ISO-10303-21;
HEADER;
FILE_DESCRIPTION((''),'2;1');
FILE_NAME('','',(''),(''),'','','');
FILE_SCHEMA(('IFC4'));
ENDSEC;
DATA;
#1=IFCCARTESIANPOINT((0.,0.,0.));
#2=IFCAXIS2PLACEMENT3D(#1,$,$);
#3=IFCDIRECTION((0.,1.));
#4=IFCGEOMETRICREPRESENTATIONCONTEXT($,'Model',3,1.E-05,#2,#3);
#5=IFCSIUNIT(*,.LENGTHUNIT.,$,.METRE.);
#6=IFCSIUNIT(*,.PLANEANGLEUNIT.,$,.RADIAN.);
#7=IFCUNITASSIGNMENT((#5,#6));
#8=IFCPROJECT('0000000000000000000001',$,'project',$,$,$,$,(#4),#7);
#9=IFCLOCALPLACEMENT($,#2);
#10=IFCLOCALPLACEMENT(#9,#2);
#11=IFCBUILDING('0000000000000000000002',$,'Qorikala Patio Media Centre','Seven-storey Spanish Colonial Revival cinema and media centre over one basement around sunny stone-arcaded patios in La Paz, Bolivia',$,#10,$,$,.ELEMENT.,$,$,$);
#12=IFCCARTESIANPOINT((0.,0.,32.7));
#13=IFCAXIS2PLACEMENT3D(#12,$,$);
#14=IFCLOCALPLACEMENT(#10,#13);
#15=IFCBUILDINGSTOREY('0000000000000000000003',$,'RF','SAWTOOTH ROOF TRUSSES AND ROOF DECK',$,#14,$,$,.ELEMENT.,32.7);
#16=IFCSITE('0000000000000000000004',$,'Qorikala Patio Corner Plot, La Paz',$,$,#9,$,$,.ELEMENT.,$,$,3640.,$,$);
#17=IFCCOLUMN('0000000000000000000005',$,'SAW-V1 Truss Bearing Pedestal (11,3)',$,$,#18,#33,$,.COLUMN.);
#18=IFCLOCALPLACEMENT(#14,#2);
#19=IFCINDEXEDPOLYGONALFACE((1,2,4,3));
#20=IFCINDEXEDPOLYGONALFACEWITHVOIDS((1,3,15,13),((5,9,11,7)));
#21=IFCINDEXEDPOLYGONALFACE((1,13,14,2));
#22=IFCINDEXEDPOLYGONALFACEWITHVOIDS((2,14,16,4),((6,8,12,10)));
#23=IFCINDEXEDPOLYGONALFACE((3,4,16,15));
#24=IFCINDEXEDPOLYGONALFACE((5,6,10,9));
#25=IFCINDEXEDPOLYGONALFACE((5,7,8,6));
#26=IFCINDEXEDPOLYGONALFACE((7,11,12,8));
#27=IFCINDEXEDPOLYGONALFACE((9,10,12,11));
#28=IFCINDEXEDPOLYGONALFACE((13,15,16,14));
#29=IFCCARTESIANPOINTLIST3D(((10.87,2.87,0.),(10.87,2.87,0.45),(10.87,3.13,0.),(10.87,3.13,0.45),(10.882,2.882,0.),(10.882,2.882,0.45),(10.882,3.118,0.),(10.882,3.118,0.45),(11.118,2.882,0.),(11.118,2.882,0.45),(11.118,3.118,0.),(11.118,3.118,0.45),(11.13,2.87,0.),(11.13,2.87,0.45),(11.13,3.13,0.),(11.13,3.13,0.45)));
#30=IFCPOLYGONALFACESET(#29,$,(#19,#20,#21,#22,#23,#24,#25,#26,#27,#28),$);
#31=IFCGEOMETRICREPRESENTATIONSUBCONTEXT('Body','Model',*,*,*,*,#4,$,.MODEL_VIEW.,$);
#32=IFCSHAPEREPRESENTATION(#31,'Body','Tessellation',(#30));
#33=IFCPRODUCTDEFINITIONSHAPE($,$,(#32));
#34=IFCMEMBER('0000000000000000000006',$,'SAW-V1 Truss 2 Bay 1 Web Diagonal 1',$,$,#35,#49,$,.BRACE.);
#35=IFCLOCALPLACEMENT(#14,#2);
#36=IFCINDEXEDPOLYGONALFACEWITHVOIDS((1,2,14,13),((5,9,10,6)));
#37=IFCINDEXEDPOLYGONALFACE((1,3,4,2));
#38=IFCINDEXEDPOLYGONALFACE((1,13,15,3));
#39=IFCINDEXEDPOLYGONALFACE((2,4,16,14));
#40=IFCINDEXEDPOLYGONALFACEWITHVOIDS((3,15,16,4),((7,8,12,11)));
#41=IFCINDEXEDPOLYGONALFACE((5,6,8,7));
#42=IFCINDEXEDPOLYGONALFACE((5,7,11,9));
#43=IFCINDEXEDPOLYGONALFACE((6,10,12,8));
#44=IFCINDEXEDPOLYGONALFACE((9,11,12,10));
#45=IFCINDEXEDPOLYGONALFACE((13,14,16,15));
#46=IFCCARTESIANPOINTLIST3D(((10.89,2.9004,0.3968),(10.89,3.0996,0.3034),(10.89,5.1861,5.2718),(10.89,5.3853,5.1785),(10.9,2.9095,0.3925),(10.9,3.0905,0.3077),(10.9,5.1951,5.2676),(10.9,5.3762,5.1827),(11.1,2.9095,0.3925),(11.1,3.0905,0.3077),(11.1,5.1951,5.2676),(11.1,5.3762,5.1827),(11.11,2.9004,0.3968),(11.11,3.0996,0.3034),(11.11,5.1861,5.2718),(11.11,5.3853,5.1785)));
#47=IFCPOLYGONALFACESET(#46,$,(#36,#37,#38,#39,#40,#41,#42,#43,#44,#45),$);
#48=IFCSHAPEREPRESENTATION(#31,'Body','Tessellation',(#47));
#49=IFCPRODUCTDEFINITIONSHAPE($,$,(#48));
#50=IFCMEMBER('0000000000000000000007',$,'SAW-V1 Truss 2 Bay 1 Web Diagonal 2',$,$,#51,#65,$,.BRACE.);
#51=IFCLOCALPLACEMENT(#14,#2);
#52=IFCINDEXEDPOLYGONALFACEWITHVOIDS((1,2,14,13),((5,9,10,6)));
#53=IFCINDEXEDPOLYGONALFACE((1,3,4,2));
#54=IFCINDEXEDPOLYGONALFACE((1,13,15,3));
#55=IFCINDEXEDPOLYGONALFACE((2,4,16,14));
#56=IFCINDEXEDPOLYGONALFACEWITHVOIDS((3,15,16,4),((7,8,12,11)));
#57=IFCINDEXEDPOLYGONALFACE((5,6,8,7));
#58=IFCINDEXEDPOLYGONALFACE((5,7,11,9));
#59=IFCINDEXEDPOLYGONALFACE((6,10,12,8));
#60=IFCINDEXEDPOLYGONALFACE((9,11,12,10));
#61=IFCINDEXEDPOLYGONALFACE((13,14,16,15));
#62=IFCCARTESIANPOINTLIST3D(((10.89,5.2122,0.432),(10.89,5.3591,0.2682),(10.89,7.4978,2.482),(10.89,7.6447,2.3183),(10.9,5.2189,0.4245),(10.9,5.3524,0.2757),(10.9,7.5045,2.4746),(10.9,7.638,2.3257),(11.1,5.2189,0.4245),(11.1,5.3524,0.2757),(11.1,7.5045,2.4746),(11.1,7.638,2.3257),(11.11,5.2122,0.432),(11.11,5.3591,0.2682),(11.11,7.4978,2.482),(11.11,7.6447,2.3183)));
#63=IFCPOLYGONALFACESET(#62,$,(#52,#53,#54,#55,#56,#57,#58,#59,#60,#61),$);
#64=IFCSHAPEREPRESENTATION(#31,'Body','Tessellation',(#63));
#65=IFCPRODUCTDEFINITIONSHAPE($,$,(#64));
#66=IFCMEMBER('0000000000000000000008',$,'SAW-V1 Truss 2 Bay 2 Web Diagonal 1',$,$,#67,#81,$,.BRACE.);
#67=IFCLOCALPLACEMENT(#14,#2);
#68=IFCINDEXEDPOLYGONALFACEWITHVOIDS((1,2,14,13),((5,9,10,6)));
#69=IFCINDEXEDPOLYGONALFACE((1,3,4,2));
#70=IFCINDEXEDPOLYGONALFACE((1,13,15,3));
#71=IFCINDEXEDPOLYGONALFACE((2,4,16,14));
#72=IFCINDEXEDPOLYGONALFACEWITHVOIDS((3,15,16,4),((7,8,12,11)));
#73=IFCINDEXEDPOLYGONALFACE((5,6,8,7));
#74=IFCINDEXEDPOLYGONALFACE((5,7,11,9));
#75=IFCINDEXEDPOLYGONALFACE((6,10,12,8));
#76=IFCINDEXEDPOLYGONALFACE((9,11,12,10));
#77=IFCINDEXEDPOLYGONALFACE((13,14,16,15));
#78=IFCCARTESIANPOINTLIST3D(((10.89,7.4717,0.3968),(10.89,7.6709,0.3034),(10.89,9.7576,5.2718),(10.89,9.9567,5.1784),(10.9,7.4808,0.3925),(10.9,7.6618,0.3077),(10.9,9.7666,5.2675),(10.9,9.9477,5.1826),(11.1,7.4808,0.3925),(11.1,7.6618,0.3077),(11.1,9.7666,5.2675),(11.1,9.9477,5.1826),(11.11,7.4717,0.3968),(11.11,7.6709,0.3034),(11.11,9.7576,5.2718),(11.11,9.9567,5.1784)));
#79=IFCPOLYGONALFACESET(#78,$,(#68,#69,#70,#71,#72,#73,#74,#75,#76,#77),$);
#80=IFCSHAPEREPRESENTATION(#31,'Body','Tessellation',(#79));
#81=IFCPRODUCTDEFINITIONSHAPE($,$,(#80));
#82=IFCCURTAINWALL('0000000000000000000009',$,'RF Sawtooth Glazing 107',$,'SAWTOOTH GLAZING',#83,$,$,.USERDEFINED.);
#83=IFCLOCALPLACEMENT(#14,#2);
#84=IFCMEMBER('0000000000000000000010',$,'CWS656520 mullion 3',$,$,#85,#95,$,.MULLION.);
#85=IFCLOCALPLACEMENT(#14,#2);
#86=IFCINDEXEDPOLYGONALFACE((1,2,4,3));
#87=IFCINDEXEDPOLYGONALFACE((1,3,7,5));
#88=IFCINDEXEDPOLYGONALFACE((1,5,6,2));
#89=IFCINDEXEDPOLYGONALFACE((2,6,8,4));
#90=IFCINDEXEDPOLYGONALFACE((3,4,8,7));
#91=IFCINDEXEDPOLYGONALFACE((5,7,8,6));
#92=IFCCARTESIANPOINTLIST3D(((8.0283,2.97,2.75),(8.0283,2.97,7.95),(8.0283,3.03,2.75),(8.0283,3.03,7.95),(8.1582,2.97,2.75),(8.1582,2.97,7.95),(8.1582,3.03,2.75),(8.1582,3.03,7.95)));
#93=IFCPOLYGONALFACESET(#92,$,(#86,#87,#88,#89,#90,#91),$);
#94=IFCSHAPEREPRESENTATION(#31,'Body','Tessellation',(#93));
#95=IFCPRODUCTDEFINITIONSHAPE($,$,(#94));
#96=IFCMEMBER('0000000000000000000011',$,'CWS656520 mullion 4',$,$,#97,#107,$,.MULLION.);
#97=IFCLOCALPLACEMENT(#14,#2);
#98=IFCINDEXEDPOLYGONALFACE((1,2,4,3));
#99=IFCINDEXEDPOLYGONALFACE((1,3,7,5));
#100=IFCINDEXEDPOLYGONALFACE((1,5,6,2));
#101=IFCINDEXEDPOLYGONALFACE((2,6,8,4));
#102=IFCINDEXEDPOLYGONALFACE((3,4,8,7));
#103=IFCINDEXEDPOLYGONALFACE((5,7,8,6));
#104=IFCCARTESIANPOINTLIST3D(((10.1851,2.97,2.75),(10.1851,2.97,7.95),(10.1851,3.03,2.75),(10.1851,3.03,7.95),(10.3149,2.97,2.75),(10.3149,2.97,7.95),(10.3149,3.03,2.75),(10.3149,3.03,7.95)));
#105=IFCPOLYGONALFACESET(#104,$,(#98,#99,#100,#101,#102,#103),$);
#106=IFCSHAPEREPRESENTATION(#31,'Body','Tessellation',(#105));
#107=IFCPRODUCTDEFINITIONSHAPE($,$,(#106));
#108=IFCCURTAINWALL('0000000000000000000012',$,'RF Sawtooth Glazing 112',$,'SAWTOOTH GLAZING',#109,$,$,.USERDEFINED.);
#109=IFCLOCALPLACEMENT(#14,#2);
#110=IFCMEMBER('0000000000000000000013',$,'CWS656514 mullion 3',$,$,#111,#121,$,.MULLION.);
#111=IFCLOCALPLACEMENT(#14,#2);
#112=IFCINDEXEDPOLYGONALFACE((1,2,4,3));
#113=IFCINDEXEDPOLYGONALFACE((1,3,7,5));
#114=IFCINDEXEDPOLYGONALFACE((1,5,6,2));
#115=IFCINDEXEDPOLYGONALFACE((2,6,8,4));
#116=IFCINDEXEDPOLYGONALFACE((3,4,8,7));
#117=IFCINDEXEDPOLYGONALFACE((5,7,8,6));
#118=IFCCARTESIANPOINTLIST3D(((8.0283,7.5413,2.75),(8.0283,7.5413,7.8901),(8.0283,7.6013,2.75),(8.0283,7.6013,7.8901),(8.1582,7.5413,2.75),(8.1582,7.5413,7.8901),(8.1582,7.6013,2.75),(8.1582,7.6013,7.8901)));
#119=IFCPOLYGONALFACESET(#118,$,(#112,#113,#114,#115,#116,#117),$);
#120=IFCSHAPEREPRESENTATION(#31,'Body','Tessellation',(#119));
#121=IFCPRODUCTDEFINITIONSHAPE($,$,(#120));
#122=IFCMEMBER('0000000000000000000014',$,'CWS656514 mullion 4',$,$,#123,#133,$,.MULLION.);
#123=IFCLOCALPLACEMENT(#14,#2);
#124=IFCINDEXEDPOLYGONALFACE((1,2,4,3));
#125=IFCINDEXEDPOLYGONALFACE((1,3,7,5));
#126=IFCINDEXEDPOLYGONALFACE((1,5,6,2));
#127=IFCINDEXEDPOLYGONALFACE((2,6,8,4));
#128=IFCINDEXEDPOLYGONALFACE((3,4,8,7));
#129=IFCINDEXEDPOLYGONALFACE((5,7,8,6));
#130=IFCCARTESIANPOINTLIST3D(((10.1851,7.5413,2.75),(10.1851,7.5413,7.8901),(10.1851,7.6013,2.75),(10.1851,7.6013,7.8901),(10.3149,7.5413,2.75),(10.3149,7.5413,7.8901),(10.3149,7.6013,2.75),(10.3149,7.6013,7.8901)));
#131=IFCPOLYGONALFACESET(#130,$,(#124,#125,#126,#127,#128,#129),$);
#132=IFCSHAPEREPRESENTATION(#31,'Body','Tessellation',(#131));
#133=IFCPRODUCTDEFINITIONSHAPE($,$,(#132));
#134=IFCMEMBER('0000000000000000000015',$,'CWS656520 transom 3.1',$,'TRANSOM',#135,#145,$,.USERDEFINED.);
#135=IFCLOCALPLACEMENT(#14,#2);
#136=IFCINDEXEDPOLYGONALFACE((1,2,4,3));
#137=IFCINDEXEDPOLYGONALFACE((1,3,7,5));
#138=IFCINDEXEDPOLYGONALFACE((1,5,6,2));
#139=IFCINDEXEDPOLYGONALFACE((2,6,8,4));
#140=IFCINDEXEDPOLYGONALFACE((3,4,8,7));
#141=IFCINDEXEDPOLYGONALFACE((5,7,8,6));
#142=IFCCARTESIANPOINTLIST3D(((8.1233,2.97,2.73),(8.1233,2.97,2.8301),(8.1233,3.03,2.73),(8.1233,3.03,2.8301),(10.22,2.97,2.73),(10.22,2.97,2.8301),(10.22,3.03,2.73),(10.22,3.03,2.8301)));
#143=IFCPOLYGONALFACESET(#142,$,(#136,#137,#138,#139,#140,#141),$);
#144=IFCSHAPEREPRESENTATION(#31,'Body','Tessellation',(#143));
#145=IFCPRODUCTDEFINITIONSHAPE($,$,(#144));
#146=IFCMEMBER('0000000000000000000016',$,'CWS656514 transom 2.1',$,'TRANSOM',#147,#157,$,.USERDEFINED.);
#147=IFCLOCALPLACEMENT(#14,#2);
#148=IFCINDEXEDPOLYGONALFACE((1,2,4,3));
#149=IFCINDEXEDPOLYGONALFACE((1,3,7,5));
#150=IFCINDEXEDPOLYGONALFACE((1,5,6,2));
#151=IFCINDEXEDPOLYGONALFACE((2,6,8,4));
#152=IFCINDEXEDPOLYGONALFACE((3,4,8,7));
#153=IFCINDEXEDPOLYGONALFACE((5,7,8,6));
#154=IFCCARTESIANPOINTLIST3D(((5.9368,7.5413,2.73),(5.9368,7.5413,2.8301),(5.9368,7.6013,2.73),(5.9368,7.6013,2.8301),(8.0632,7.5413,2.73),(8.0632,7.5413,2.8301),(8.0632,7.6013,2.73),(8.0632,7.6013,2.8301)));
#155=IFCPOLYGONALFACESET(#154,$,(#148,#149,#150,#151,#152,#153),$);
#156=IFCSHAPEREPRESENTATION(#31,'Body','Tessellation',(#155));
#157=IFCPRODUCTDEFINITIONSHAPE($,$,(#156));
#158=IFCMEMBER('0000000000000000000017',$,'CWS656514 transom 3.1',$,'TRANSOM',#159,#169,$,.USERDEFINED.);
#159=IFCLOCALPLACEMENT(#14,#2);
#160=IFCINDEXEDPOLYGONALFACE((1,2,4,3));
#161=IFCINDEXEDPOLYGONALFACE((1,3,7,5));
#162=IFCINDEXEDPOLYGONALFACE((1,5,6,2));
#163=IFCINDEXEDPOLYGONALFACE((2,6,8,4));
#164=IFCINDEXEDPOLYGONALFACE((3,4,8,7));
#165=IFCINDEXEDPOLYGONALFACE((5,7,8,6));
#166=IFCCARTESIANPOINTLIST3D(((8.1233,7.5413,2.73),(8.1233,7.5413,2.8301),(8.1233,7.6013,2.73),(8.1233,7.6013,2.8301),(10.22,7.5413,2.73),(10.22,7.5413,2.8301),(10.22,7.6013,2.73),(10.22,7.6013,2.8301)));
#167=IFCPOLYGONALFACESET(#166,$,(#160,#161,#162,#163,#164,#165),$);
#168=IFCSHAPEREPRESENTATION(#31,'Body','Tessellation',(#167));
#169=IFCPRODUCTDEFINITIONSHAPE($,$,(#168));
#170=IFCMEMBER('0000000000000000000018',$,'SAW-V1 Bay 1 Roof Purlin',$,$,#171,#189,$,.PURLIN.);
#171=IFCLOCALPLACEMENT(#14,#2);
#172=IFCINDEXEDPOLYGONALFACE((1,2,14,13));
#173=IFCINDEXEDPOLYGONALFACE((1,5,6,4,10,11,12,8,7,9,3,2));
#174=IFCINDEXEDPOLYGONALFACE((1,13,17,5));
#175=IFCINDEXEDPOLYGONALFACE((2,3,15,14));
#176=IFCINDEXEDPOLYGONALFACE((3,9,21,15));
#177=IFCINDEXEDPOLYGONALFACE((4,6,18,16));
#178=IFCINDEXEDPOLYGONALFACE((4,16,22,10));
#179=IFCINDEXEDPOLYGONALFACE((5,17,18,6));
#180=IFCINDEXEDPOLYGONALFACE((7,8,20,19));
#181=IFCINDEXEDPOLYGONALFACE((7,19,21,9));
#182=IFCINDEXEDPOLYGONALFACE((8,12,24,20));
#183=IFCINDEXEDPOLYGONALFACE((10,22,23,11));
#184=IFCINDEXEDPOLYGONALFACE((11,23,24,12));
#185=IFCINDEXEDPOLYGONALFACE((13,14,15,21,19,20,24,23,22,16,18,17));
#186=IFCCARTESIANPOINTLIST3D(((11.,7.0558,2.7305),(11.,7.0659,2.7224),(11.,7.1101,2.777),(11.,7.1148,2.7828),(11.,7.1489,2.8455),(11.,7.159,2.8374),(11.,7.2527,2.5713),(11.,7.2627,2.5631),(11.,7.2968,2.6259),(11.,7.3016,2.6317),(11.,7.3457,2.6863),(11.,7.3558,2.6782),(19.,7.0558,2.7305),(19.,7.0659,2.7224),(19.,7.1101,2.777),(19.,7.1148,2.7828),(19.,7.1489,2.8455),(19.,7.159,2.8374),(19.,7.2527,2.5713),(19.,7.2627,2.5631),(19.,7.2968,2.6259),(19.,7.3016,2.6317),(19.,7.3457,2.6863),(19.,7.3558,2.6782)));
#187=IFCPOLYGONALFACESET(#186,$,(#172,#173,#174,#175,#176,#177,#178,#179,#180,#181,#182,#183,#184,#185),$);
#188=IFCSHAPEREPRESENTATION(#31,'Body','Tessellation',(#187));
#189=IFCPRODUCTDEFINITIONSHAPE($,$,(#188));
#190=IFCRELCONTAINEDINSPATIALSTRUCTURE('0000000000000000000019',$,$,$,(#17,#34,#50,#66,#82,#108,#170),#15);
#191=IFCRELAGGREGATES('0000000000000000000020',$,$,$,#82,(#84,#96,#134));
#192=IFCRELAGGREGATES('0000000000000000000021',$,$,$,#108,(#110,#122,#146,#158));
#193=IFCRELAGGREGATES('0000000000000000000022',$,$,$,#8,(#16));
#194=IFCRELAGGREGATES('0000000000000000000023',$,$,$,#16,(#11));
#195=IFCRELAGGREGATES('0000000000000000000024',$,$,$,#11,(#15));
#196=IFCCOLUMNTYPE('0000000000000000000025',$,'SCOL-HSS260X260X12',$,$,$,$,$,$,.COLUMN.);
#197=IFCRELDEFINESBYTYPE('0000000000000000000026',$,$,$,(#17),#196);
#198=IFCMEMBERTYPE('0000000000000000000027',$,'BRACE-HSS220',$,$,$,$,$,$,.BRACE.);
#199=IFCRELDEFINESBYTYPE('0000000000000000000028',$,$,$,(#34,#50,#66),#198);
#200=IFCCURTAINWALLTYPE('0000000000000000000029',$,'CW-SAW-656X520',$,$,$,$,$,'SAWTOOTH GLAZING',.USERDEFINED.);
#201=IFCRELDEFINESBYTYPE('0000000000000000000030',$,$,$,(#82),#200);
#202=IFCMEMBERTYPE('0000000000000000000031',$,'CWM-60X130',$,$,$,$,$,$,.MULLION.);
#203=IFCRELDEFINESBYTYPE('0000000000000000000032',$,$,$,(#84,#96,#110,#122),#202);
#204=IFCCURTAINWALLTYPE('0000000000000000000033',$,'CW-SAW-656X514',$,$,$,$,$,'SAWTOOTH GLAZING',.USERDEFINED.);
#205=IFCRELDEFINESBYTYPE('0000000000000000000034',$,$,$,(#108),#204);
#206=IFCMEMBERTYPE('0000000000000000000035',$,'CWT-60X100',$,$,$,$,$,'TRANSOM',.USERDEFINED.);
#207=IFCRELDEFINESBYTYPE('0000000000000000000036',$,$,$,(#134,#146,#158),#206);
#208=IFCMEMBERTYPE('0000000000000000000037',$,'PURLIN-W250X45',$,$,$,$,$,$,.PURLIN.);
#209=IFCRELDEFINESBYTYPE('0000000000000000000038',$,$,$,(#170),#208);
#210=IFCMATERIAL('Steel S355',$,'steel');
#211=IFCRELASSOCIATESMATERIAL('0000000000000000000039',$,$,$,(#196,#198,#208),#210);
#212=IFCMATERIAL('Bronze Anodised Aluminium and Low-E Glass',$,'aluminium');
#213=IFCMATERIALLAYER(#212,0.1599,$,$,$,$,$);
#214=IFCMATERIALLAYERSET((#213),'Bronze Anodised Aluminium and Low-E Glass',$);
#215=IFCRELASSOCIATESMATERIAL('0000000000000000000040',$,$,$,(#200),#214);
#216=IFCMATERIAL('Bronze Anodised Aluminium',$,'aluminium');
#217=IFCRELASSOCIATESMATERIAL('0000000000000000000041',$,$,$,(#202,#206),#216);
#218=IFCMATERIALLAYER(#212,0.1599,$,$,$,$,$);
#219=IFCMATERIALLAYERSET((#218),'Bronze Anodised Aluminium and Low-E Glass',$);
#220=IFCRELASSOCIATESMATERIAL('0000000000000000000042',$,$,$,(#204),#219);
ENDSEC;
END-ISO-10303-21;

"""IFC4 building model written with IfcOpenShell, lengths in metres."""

from ifc_helpers import new_model, si_unit, direction, frame, origin, origin_2d, place, context, subcontext, project, spatial, rectangle, hollow_rectangle, i_section, extrude, material, layer, layer_set, material_profile, profile_set, type_object, element, aggregate, save


model = new_model("IFC4")

# Units and contexts
model_context = context("Model", 3, precision=1e-05, world=origin(), true_north=direction((0.0, 1.0)))
body_context = subcontext(model_context, "Body", "Model", "MODEL_VIEW")
ifc_project = project(units=[si_unit("LENGTHUNIT", "METRE"), si_unit("PLANEANGLEUNIT", "RADIAN")], contexts=[model_context])

# Site, building, storey
site_placement = place(None, origin())
site = spatial("IfcSite", under=ifc_project, at=site_placement, Name="Qorikala Patio Corner Plot, La Paz", CompositionType="ELEMENT", RefElevation=3640.0)
building_placement = place(site_placement, origin())
building = spatial("IfcBuilding", under=site, at=building_placement, Name="Qorikala Patio Media Centre", Description="Seven-storey Spanish Colonial Revival cinema and media centre over one basement around sunny stone-arcaded patios in La Paz, Bolivia", CompositionType="ELEMENT")
storey_placement = place(building_placement, frame((0.0, 0.0, 32.7)))
storey = spatial("IfcBuildingStorey", under=building, at=storey_placement, Name="RF", Description="SAWTOOTH ROOF TRUSSES AND ROOF DECK", CompositionType="ELEMENT", Elevation=32.7)

# Column
ifc_material_1 = material(Name="Steel S355", Category="steel")
ifc_material_profile_1 = material_profile(ifc_material_1, hollow_rectangle(XDim=0.26, YDim=0.26, WallThickness=0.012, at=origin_2d()), Name="HSS260X260X12")
ifc_profile_set_1 = profile_set([ifc_material_profile_1], Name="Steel S355")
column_type = type_object("IfcColumnType", Name="SCOL-HSS260X260X12", PredefinedType="COLUMN", material=ifc_profile_set_1)
column_placement = place(storey_placement, frame((11.0, 3.0, 0.0), z_axis=(0.0, 0.0, 1.0), x_axis=(1.0, 0.0, 0.0)))
element("IfcColumn", 1, at=column_placement, inside=storey, type_object=column_type, Name="SAW-V1 Truss Bearing Pedestal (11,3)", PredefinedType="COLUMN", context=body_context, shape_type="SweptSolid", body=[
    extrude(hollow_rectangle(XDim=0.26, YDim=0.26, WallThickness=0.012, at=origin_2d()), origin(), (0.0, 0.0, 1.0), 0.45),
])

# Members
ifc_material_profile_2 = material_profile(ifc_material_1, hollow_rectangle(XDim=0.22, YDim=0.22, WallThickness=0.01, at=origin_2d()), Name="HSS220X220X10")
ifc_profile_set_2 = profile_set([ifc_material_profile_2], Name="Steel S355")
member_type_1 = type_object("IfcMemberType", Name="BRACE-HSS220", PredefinedType="BRACE", material=ifc_profile_set_2)
member_1_placement = place(storey_placement, frame((11.0, 3.0, 0.3501), z_axis=(0.0, 0.424508, 0.905424), x_axis=(-1.0, 0.0, 0.0)))
element("IfcMember", 2, at=member_1_placement, inside=storey, type_object=member_type_1, Name="SAW-V1 Truss 2 Bay 1 Web Diagonal 1", PredefinedType="BRACE", context=body_context, shape_type="SweptSolid", body=[
    extrude(hollow_rectangle(XDim=0.22, YDim=0.22, WallThickness=0.01, at=origin_2d()), origin(), (0.0, 0.0, 1.0), 5.3843),
])
member_2_placement = place(storey_placement, frame((11.0, 5.2856, 0.3501), z_axis=(0.0, 0.744432, 0.667699), x_axis=(-1.0, 0.0, 0.0)))
element("IfcMember", 3, at=member_2_placement, inside=storey, type_object=member_type_1, Name="SAW-V1 Truss 2 Bay 1 Web Diagonal 2", PredefinedType="BRACE", context=body_context, shape_type="SweptSolid", body=[
    extrude(hollow_rectangle(XDim=0.22, YDim=0.22, WallThickness=0.01, at=origin_2d()), origin(), (0.0, 0.0, 1.0), 3.0703),
])
member_3_placement = place(storey_placement, frame((11.0, 7.5713, 0.3501), z_axis=(0.0, 0.424545, 0.905407), x_axis=(-1.0, 0.0, 0.0)))
element("IfcMember", 4, at=member_3_placement, inside=storey, type_object=member_type_1, Name="SAW-V1 Truss 2 Bay 2 Web Diagonal 1", PredefinedType="BRACE", context=body_context, shape_type="SweptSolid", body=[
    extrude(hollow_rectangle(XDim=0.22, YDim=0.22, WallThickness=0.01, at=origin_2d()), origin(), (0.0, 0.0, 1.0), 5.3843),
])

# Curtain walls, members
ifc_material_2 = material(Name="Bronze Anodised Aluminium and Low-E Glass", Category="aluminium")
ifc_layer_1 = layer(ifc_material_2, 0.1599)
ifc_layer_set_1 = layer_set([ifc_layer_1], Name="Bronze Anodised Aluminium and Low-E Glass")
curtain_wall_type_1 = type_object("IfcCurtainWallType", Name="CW-SAW-656X520", ElementType="SAWTOOTH GLAZING", PredefinedType="USERDEFINED", material=ifc_layer_set_1)
curtain_wall_1_placement = place(storey_placement, origin())
curtain_wall_1 = element("IfcCurtainWall", 5, at=curtain_wall_1_placement, inside=storey, type_object=curtain_wall_type_1, Name="RF Sawtooth Glazing 107", ObjectType="SAWTOOTH GLAZING", PredefinedType="USERDEFINED")
ifc_material_3 = material(Name="Bronze Anodised Aluminium", Category="aluminium")
ifc_material_profile_3 = material_profile(ifc_material_3, rectangle(XDim=0.0601, YDim=0.1299, at=origin_2d()), Name="ALU MULLION 60x130")
ifc_profile_set_3 = profile_set([ifc_material_profile_3], Name="Bronze Anodised Aluminium")
member_type_2 = type_object("IfcMemberType", Name="CWM-60X130", PredefinedType="MULLION", material=ifc_profile_set_3)
member_4_placement = place(storey_placement, frame((8.0933, 3.0, 2.75), z_axis=(0.0, 0.0, 1.0), x_axis=(0.0, 1.0, 0.0)))
member_4 = element("IfcMember", 6, at=member_4_placement, type_object=member_type_2, Name="CWS656520 mullion 3", PredefinedType="MULLION", context=body_context, shape_type="SweptSolid", body=[
    extrude(rectangle(XDim=0.0601, YDim=0.1299, at=origin_2d()), origin(), (0.0, 0.0, 1.0), 5.2),
])
member_5_placement = place(storey_placement, frame((10.25, 3.0, 2.75), z_axis=(0.0, 0.0, 1.0), x_axis=(0.0, 1.0, 0.0)))
member_5 = element("IfcMember", 7, at=member_5_placement, type_object=member_type_2, Name="CWS656520 mullion 4", PredefinedType="MULLION", context=body_context, shape_type="SweptSolid", body=[
    extrude(rectangle(XDim=0.0601, YDim=0.1299, at=origin_2d()), origin(), (0.0, 0.0, 1.0), 5.2),
])
ifc_layer_2 = layer(ifc_material_2, 0.1599)
ifc_layer_set_2 = layer_set([ifc_layer_2], Name="Bronze Anodised Aluminium and Low-E Glass")
curtain_wall_type_2 = type_object("IfcCurtainWallType", Name="CW-SAW-656X514", ElementType="SAWTOOTH GLAZING", PredefinedType="USERDEFINED", material=ifc_layer_set_2)
curtain_wall_2_placement = place(storey_placement, origin())
curtain_wall_2 = element("IfcCurtainWall", 8, at=curtain_wall_2_placement, inside=storey, type_object=curtain_wall_type_2, Name="RF Sawtooth Glazing 112", ObjectType="SAWTOOTH GLAZING", PredefinedType="USERDEFINED")
member_6_placement = place(storey_placement, frame((8.0933, 7.5713, 2.75), z_axis=(0.0, 0.0, 1.0), x_axis=(0.0, 1.0, 0.0)))
member_6 = element("IfcMember", 9, at=member_6_placement, type_object=member_type_2, Name="CWS656514 mullion 3", PredefinedType="MULLION", context=body_context, shape_type="SweptSolid", body=[
    extrude(rectangle(XDim=0.0601, YDim=0.1299, at=origin_2d()), origin(), (0.0, 0.0, 1.0), 5.1401),
])
member_7_placement = place(storey_placement, frame((10.25, 7.5713, 2.75), z_axis=(0.0, 0.0, 1.0), x_axis=(0.0, 1.0, 0.0)))
member_7 = element("IfcMember", 10, at=member_7_placement, type_object=member_type_2, Name="CWS656514 mullion 4", PredefinedType="MULLION", context=body_context, shape_type="SweptSolid", body=[
    extrude(rectangle(XDim=0.0601, YDim=0.1299, at=origin_2d()), origin(), (0.0, 0.0, 1.0), 5.1401),
])

# Members
ifc_material_profile_4 = material_profile(ifc_material_3, rectangle(XDim=0.0601, YDim=0.1001, at=origin_2d()), Name="ALU TRANSOM 60x100")
ifc_profile_set_4 = profile_set([ifc_material_profile_4], Name="Bronze Anodised Aluminium")
member_type_3 = type_object("IfcMemberType", Name="CWT-60X100", ElementType="TRANSOM", PredefinedType="USERDEFINED", material=ifc_profile_set_4)
member_8_placement = place(storey_placement, frame((8.1233, 3.0, 2.78), z_axis=(1.0, 0.0, 0.0), x_axis=(0.0, 1.0, 0.0)))
member_8 = element("IfcMember", 11, at=member_8_placement, type_object=member_type_3, Name="CWS656520 transom 3.1", ObjectType="TRANSOM", PredefinedType="USERDEFINED", context=body_context, shape_type="SweptSolid", body=[
    extrude(rectangle(XDim=0.0601, YDim=0.1001, at=origin_2d()), origin(), (0.0, 0.0, 1.0), 2.0967),
])
member_9_placement = place(storey_placement, frame((5.9368, 7.5713, 2.78), z_axis=(1.0, 0.0, 0.0), x_axis=(0.0, 1.0, 0.0)))
member_9 = element("IfcMember", 12, at=member_9_placement, type_object=member_type_3, Name="CWS656514 transom 2.1", ObjectType="TRANSOM", PredefinedType="USERDEFINED", context=body_context, shape_type="SweptSolid", body=[
    extrude(rectangle(XDim=0.0601, YDim=0.1001, at=origin_2d()), origin(), (0.0, 0.0, 1.0), 2.1265),
])
member_10_placement = place(storey_placement, frame((8.1233, 7.5713, 2.78), z_axis=(1.0, 0.0, 0.0), x_axis=(0.0, 1.0, 0.0)))
member_10 = element("IfcMember", 13, at=member_10_placement, type_object=member_type_3, Name="CWS656514 transom 3.1", ObjectType="TRANSOM", PredefinedType="USERDEFINED", context=body_context, shape_type="SweptSolid", body=[
    extrude(rectangle(XDim=0.0601, YDim=0.1001, at=origin_2d()), origin(), (0.0, 0.0, 1.0), 2.0967),
])
ifc_material_profile_5 = material_profile(ifc_material_1, i_section(OverallWidth=0.1479, OverallDepth=0.2661, WebThickness=0.0076, FlangeThickness=0.0129, at=origin_2d()), Name="W250X45")
ifc_profile_set_5 = profile_set([ifc_material_profile_5], Name="Steel S355")
member_type_4 = type_object("IfcMemberType", Name="PURLIN-W250X45", PredefinedType="PURLIN", material=ifc_profile_set_5)
member_11_placement = place(storey_placement, frame((11.0, 7.2058, 2.7043), z_axis=(1.0, 0.0, 0.0), x_axis=(0.0, 0.628995, 0.77741)))
element("IfcMember", 14, at=member_11_placement, inside=storey, type_object=member_type_4, Name="SAW-V1 Bay 1 Roof Purlin", PredefinedType="PURLIN", context=body_context, shape_type="SweptSolid", body=[
    extrude(i_section(OverallWidth=0.1479, OverallDepth=0.2661, WebThickness=0.0076, FlangeThickness=0.0129, at=origin_2d()), origin(), (0.0, 0.0, 1.0), 8.0),
])

aggregate(curtain_wall_1, [member_4, member_5, member_8])
aggregate(curtain_wall_2, [member_6, member_7, member_9, member_10])

save(model, "model.ifc")
